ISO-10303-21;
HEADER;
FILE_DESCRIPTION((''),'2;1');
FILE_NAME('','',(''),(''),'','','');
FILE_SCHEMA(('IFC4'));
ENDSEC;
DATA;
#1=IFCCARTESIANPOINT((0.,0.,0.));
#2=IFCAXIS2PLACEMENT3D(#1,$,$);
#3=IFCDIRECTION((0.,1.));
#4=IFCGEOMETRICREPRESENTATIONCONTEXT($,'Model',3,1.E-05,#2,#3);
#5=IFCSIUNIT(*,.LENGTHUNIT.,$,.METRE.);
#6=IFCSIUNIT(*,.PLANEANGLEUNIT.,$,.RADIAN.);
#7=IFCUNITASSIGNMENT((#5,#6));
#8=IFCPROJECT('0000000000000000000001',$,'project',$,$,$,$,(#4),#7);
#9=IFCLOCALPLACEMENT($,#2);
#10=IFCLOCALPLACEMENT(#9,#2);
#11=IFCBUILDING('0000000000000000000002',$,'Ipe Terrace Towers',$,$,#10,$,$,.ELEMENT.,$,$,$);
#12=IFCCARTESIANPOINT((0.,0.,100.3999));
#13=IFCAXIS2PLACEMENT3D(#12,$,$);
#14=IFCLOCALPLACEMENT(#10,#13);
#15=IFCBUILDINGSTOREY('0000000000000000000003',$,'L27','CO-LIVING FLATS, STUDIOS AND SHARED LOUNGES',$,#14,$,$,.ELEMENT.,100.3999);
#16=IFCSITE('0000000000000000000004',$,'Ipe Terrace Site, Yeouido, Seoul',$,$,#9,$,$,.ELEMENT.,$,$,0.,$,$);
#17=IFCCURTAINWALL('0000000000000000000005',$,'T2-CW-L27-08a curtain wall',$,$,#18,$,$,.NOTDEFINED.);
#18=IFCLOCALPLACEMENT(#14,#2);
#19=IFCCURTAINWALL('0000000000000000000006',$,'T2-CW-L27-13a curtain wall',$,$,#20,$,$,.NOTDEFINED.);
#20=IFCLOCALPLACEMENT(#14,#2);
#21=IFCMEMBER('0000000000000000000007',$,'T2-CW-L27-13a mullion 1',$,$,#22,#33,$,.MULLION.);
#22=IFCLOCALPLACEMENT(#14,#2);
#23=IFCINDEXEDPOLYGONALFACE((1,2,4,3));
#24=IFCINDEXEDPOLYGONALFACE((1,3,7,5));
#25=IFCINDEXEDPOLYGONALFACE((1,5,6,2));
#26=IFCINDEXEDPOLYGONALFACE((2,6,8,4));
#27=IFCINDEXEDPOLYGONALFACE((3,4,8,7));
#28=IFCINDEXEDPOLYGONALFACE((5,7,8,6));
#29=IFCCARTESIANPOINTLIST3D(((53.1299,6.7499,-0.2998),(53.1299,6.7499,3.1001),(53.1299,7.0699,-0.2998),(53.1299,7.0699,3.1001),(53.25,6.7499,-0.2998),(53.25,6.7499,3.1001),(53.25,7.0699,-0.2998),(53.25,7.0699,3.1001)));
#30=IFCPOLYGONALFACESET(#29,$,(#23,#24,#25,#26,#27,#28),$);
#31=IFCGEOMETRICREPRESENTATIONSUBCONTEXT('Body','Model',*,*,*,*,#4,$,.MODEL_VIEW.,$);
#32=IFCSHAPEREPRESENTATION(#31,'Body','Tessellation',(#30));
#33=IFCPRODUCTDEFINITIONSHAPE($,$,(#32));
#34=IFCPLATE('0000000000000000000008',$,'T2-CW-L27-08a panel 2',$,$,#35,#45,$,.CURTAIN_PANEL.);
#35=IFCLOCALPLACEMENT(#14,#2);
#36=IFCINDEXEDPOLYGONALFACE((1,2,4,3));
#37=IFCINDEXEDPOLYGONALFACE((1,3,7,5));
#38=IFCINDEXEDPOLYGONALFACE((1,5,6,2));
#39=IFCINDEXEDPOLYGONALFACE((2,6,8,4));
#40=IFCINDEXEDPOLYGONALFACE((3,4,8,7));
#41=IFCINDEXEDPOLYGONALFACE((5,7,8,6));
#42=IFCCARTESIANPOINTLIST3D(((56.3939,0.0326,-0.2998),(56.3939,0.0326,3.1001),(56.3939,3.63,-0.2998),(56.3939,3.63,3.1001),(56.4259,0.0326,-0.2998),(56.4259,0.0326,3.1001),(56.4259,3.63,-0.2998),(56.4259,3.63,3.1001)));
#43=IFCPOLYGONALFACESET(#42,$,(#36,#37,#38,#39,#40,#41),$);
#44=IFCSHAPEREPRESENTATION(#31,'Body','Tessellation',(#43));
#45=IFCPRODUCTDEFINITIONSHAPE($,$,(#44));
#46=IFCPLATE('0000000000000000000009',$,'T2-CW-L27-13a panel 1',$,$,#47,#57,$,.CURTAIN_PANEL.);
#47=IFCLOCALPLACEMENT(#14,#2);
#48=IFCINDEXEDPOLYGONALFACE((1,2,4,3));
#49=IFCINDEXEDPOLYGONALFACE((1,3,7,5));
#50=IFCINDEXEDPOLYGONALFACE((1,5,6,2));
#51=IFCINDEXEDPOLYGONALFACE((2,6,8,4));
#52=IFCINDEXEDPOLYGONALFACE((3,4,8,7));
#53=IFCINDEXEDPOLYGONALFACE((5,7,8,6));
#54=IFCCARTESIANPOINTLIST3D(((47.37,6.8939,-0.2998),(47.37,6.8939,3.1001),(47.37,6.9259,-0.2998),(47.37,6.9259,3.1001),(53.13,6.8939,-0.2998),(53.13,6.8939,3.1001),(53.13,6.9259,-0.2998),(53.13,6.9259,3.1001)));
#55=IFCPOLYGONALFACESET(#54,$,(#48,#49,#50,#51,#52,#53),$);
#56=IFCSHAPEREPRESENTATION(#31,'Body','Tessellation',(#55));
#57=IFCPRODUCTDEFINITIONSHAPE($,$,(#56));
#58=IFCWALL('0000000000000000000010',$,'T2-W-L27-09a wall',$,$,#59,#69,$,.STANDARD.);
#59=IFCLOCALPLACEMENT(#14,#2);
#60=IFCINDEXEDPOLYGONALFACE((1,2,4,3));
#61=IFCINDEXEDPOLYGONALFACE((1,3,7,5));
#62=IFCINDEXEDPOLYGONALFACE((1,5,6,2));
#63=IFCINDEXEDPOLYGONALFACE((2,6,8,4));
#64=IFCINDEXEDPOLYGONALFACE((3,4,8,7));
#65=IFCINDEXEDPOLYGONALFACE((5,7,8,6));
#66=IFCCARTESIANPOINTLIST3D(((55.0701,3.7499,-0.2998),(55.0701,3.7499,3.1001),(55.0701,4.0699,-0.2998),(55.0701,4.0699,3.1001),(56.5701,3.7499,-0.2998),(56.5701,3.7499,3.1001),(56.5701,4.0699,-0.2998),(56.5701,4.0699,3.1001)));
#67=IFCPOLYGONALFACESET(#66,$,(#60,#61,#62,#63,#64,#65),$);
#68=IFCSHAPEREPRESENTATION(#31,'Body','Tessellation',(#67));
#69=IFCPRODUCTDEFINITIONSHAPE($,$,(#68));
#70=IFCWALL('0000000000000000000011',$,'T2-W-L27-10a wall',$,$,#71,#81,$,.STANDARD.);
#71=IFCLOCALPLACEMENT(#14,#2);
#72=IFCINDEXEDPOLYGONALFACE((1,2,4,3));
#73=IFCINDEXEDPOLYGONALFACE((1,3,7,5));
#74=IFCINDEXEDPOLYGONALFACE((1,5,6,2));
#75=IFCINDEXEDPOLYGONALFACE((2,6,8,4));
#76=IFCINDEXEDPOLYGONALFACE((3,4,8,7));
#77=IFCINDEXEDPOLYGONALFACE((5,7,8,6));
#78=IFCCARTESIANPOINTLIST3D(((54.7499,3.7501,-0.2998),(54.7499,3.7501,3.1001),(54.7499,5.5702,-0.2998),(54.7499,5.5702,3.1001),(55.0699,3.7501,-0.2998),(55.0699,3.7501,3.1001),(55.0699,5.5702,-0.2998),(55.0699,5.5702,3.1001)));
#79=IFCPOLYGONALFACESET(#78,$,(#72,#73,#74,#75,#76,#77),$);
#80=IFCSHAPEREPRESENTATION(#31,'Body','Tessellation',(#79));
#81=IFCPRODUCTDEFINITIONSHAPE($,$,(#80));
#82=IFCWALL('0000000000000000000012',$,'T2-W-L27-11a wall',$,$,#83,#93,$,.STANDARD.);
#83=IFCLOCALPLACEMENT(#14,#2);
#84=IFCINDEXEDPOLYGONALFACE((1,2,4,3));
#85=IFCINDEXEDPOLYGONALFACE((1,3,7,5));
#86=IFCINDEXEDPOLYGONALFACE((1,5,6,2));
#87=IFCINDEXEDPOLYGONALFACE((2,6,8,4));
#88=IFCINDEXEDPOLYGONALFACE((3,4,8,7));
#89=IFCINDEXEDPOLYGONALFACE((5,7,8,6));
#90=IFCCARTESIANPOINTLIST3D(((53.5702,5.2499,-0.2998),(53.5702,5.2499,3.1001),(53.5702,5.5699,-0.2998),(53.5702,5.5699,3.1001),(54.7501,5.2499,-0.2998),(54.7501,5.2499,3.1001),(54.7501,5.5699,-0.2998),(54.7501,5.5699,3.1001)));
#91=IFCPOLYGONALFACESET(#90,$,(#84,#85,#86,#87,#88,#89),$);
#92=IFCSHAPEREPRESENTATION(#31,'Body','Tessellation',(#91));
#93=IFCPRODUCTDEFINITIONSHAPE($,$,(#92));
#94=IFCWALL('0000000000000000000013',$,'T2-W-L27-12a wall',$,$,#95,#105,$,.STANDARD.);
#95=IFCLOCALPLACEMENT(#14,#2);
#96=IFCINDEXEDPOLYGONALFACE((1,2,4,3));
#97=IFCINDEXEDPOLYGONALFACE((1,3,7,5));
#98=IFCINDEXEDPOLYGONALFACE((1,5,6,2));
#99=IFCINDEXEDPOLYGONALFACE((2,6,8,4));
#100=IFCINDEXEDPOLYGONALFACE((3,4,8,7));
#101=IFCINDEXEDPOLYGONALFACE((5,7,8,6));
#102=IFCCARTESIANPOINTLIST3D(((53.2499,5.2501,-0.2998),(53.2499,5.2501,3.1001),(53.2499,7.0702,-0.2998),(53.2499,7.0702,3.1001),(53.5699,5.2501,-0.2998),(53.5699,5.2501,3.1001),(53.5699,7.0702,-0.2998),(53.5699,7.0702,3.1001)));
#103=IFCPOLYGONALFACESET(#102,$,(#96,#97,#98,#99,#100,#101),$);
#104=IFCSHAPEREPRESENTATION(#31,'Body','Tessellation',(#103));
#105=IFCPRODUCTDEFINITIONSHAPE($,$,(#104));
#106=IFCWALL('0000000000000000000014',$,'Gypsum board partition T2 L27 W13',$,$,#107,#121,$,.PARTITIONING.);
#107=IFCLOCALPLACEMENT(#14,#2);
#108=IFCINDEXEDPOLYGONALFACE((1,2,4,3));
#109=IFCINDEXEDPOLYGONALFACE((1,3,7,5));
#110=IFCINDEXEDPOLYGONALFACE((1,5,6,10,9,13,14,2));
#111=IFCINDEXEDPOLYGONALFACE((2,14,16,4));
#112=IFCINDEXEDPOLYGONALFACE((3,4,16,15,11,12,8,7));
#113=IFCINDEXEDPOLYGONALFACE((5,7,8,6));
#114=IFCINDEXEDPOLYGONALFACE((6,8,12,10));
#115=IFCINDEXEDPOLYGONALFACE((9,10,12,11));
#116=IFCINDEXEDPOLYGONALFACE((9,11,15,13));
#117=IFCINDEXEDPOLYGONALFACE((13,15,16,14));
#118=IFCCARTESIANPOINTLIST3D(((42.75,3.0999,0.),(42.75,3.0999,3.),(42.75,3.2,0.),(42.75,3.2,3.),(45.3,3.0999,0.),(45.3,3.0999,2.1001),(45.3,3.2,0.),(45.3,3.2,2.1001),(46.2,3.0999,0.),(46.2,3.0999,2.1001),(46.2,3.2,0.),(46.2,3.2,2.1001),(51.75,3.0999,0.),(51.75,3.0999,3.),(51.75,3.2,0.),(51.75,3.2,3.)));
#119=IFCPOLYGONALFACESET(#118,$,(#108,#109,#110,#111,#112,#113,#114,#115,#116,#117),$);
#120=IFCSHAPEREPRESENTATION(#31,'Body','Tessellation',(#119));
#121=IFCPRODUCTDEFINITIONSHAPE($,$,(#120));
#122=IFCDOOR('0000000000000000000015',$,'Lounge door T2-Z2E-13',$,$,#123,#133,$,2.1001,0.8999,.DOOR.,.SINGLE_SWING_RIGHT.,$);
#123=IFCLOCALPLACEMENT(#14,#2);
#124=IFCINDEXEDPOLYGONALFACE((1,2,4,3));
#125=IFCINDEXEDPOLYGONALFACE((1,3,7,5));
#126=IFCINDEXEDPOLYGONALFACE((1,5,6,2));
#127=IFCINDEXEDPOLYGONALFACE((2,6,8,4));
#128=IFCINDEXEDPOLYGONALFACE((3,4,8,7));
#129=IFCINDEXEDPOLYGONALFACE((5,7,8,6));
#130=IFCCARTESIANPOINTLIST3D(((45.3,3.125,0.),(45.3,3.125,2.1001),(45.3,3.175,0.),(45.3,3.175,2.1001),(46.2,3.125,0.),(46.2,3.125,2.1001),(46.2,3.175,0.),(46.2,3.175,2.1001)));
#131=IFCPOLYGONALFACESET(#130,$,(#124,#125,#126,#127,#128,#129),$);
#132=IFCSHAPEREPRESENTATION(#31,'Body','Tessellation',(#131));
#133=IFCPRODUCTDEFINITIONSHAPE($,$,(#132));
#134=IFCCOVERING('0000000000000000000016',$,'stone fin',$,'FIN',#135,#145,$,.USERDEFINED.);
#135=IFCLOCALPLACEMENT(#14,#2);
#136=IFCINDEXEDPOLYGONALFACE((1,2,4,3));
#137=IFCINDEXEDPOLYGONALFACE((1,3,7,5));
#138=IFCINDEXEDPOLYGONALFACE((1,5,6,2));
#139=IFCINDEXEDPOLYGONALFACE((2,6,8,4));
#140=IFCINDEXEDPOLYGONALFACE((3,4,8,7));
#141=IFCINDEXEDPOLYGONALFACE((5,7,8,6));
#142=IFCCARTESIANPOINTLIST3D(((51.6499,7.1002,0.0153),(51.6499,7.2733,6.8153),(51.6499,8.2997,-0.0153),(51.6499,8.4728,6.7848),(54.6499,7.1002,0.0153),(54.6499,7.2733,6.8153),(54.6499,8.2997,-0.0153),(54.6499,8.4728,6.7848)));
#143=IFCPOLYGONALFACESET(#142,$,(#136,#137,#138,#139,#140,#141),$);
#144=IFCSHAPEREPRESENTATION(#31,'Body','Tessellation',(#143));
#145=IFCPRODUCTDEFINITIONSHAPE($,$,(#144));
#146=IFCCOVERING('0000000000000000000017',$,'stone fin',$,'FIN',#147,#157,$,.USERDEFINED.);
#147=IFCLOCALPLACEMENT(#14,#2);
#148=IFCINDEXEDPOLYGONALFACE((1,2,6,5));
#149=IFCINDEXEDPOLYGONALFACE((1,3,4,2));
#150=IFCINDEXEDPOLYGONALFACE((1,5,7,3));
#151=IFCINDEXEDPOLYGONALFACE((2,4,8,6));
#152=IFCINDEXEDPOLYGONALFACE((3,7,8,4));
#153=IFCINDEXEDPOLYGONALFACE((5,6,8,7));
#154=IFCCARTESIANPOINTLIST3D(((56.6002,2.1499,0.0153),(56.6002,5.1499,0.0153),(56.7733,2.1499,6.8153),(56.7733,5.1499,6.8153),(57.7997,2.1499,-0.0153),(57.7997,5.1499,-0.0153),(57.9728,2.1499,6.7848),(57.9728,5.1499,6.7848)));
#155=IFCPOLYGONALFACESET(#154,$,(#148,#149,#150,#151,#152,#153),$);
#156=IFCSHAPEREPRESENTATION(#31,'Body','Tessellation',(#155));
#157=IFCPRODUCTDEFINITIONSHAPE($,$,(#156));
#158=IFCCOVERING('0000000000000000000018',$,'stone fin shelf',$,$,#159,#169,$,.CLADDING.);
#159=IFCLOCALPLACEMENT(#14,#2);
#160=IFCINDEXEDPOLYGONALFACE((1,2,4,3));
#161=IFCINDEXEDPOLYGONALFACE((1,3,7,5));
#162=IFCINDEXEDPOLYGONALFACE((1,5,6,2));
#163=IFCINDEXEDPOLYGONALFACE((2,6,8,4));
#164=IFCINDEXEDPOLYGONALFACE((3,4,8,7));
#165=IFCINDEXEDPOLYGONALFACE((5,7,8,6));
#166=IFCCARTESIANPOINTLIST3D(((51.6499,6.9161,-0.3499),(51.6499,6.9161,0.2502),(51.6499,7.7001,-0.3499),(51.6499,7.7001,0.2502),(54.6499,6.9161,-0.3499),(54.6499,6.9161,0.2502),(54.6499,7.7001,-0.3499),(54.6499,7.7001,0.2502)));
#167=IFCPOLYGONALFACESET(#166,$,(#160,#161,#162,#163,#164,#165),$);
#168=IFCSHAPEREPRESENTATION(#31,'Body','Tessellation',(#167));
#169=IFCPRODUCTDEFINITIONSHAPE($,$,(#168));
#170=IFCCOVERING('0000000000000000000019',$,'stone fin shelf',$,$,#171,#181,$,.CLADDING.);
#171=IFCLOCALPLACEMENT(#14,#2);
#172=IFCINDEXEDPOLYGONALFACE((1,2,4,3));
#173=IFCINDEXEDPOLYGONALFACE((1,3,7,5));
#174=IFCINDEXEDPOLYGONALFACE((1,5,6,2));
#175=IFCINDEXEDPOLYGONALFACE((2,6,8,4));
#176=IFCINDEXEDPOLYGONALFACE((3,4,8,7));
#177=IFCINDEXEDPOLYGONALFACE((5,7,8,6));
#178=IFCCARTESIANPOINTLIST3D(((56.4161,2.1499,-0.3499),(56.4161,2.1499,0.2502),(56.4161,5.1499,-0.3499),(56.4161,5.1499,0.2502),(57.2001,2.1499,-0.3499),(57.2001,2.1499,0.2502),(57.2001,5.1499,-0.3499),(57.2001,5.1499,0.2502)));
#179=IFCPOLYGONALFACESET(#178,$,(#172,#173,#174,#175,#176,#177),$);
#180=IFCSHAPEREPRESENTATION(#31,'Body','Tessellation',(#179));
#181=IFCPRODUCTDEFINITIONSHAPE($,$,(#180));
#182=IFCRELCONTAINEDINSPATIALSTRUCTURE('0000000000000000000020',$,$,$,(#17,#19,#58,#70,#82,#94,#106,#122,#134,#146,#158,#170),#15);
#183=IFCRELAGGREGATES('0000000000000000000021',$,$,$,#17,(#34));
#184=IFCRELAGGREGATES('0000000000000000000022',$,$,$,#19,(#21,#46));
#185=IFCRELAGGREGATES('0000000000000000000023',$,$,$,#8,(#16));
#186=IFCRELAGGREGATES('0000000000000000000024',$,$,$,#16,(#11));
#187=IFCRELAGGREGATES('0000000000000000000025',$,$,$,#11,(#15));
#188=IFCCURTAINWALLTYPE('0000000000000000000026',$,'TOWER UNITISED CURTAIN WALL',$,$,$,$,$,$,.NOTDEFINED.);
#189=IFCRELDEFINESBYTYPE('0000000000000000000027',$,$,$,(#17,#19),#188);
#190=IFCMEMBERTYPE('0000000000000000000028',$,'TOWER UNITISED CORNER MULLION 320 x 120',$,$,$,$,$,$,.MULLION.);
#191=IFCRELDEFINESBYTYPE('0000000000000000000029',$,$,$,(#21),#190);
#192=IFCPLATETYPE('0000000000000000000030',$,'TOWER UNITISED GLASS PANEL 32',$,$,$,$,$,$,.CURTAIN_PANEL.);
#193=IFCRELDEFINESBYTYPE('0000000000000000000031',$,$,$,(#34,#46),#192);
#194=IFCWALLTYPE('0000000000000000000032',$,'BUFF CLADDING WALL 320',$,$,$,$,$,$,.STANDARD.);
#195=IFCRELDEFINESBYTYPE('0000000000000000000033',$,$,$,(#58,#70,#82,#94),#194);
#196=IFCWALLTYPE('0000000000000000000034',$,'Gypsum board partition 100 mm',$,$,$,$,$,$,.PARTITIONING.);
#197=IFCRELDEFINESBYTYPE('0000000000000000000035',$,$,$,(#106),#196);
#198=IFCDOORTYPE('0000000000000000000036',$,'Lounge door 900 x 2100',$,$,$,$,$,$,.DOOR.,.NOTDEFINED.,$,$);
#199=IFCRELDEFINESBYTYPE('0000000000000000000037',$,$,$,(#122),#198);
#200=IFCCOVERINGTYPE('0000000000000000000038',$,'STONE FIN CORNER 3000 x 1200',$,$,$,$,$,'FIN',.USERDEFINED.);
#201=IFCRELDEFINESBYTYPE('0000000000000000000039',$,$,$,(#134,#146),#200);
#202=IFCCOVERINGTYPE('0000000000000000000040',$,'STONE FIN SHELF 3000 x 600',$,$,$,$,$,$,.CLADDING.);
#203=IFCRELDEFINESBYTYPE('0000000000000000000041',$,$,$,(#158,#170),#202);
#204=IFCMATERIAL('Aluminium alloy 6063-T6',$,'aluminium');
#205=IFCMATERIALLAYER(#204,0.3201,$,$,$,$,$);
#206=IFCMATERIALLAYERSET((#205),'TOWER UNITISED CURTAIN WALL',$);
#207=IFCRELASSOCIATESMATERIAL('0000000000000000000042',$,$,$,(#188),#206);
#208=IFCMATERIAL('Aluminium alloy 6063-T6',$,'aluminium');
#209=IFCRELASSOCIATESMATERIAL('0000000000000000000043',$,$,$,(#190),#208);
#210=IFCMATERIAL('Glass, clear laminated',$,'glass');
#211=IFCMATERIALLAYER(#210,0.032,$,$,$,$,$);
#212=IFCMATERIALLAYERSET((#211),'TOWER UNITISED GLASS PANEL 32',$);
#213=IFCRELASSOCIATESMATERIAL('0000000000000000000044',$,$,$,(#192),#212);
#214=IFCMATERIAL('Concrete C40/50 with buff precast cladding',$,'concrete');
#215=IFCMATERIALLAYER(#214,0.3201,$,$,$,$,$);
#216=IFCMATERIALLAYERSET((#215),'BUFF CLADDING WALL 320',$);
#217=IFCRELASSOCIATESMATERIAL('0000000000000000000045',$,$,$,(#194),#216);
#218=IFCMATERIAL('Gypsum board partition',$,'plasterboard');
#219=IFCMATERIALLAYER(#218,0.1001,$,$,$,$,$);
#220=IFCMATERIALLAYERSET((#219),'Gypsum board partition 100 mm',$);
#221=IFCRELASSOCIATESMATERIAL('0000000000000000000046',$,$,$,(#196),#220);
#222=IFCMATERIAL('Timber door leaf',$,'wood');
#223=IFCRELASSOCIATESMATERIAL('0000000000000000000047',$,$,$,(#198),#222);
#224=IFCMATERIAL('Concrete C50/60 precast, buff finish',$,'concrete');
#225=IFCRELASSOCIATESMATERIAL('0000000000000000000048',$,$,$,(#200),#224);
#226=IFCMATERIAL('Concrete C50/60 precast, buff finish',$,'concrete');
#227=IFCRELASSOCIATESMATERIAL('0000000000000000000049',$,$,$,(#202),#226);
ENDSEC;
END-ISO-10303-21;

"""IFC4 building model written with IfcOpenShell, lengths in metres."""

from ifc_helpers import new_model, si_unit, direction, frame, frame_2d, origin, origin_2d, place, context, subcontext, project, spatial, rectangle, extrude, material, layer, layer_set, material_profile, profile_set, type_object, element, fill, aggregate, save


model = new_model("IFC4")

# Units and contexts
model_context = context("Model", 3, precision=1e-05, world=origin(), true_north=direction((0.0, 1.0)))
body_context = subcontext(model_context, "Body", "Model", "MODEL_VIEW")
ifc_project = project(units=[si_unit("LENGTHUNIT", "METRE"), si_unit("PLANEANGLEUNIT", "RADIAN")], contexts=[model_context])

# Site, building, storey
site_placement = place(None, origin())
site = spatial("IfcSite", under=ifc_project, at=site_placement, Name="Ipe Terrace Site, Yeouido, Seoul", CompositionType="ELEMENT", RefElevation=0.0)
building_placement = place(site_placement, origin())
building = spatial("IfcBuilding", under=site, at=building_placement, Name="Ipe Terrace Towers", CompositionType="ELEMENT")
storey_placement = place(building_placement, frame((0.0, 0.0, 100.3999)))
storey = spatial("IfcBuildingStorey", under=building, at=storey_placement, Name="L27", Description="CO-LIVING FLATS, STUDIOS AND SHARED LOUNGES", CompositionType="ELEMENT", Elevation=100.3999)

# Curtain walls, member
ifc_material_1 = material(Name="Aluminium alloy 6063-T6", Category="aluminium")
ifc_layer_1 = layer(ifc_material_1, 0.3201)
ifc_layer_set_1 = layer_set([ifc_layer_1], Name="TOWER UNITISED CURTAIN WALL")
curtain_wall_type = type_object("IfcCurtainWallType", Name="TOWER UNITISED CURTAIN WALL", PredefinedType="NOTDEFINED", material=ifc_layer_set_1)
curtain_wall_1_placement = place(storey_placement, origin())
curtain_wall_1 = element("IfcCurtainWall", 1, at=curtain_wall_1_placement, inside=storey, type_object=curtain_wall_type, Name="T2-CW-L27-08a curtain wall", PredefinedType="NOTDEFINED")
ifc_material_2 = material(Name="Aluminium alloy 6063-T6", Category="aluminium")
ifc_material_profile_1 = material_profile(ifc_material_2, rectangle(XDim=0.3201, YDim=0.1201, at=origin_2d()), Name="TOWER UNITISED CORNER MULLION 320 x 120")
ifc_profile_set_1 = profile_set([ifc_material_profile_1], Name="Aluminium alloy 6063-T6")
member_type = type_object("IfcMemberType", Name="TOWER UNITISED CORNER MULLION 320 x 120", PredefinedType="MULLION", material=ifc_profile_set_1)
curtain_wall_2_placement = place(storey_placement, origin())
curtain_wall_2 = element("IfcCurtainWall", 2, at=curtain_wall_2_placement, inside=storey, type_object=curtain_wall_type, Name="T2-CW-L27-13a curtain wall", PredefinedType="NOTDEFINED")
member_1_placement = place(storey_placement, frame((53.1899, 6.9099, -0.2998), z_axis=(0.0, 0.0, 1.0), x_axis=(0.0, 1.0, 0.0)))
member_1 = element("IfcMember", 3, at=member_1_placement, type_object=member_type, Name="T2-CW-L27-13a mullion 1", PredefinedType="MULLION", context=body_context, shape_type="SweptSolid", body=[
    extrude(rectangle(XDim=0.3201, YDim=0.1201, at=origin_2d()), origin(), (0.0, 0.0, 1.0), 3.3999),
])

# Plates
ifc_material_3 = material(Name="Glass, clear laminated", Category="glass")
ifc_layer_2 = layer(ifc_material_3, 0.032)
ifc_layer_set_2 = layer_set([ifc_layer_2], Name="TOWER UNITISED GLASS PANEL 32")
plate_type = type_object("IfcPlateType", Name="TOWER UNITISED GLASS PANEL 32", PredefinedType="CURTAIN_PANEL", material=ifc_layer_set_2)
plate_1_placement = place(storey_placement, frame((56.4099, 1.8313, -0.2998), z_axis=(0.0, 0.0, 1.0), x_axis=(0.0, 1.0, 0.0)))
plate_1 = element("IfcPlate", 4, at=plate_1_placement, type_object=plate_type, Name="T2-CW-L27-08a panel 2", PredefinedType="CURTAIN_PANEL", context=body_context, shape_type="SweptSolid", body=[
    extrude(rectangle(XDim=3.5974, YDim=0.032, at=origin_2d()), origin(), (0.0, 0.0, 1.0), 3.3999),
])
aggregate(curtain_wall_1, [plate_1])
plate_2_placement = place(storey_placement, frame((50.25, 6.9099, -0.2998), z_axis=(0.0, 0.0, 1.0), x_axis=(-1.0, 0.0, 0.0)))
plate_2 = element("IfcPlate", 5, at=plate_2_placement, type_object=plate_type, Name="T2-CW-L27-13a panel 1", PredefinedType="CURTAIN_PANEL", context=body_context, shape_type="SweptSolid", body=[
    extrude(rectangle(XDim=5.76, YDim=0.032, at=origin_2d()), origin(), (0.0, 0.0, 1.0), 3.3999),
])
aggregate(curtain_wall_2, [member_1, plate_2])

# Walls
ifc_material_4 = material(Name="Concrete C40/50 with buff precast cladding", Category="concrete")
ifc_layer_3 = layer(ifc_material_4, 0.3201)
ifc_layer_set_3 = layer_set([ifc_layer_3], Name="BUFF CLADDING WALL 320")
wall_type_1 = type_object("IfcWallType", Name="BUFF CLADDING WALL 320", PredefinedType="STANDARD", material=ifc_layer_set_3)
wall_1_placement = place(storey_placement, frame((56.5701, 3.9099, -0.2998), z_axis=(0.0, 0.0, 1.0), x_axis=(-1.0, 0.0, 0.0)))
element("IfcWall", 6, at=wall_1_placement, inside=storey, type_object=wall_type_1, Name="T2-W-L27-09a wall", PredefinedType="STANDARD", context=body_context, shape_type="SweptSolid", body=[
    extrude(rectangle(XDim=1.5, YDim=0.3201, at=frame_2d((0.75, 0.0))), origin(), (0.0, 0.0, 1.0), 3.3999),
])
wall_2_placement = place(storey_placement, frame((54.9099, 3.75, -0.2998), z_axis=(0.0, 0.0, 1.0), x_axis=(0.0, 1.0, 0.0)))
element("IfcWall", 7, at=wall_2_placement, inside=storey, type_object=wall_type_1, Name="T2-W-L27-10a wall", PredefinedType="STANDARD", context=body_context, shape_type="SweptSolid", body=[
    extrude(rectangle(XDim=1.8201, YDim=0.3201, at=frame_2d((0.9102, 0.0))), origin(), (0.0, 0.0, 1.0), 3.3999),
])
wall_3_placement = place(storey_placement, frame((54.75, 5.4099, -0.2998), z_axis=(0.0, 0.0, 1.0), x_axis=(-1.0, 0.0, 0.0)))
element("IfcWall", 8, at=wall_3_placement, inside=storey, type_object=wall_type_1, Name="T2-W-L27-11a wall", PredefinedType="STANDARD", context=body_context, shape_type="SweptSolid", body=[
    extrude(rectangle(XDim=1.1799, YDim=0.3201, at=frame_2d((0.5898, 0.0))), origin(), (0.0, 0.0, 1.0), 3.3999),
])
wall_4_placement = place(storey_placement, frame((53.4099, 5.25, -0.2998), z_axis=(0.0, 0.0, 1.0), x_axis=(0.0, 1.0, 0.0)))
element("IfcWall", 9, at=wall_4_placement, inside=storey, type_object=wall_type_1, Name="T2-W-L27-12a wall", PredefinedType="STANDARD", context=body_context, shape_type="SweptSolid", body=[
    extrude(rectangle(XDim=1.8201, YDim=0.3201, at=frame_2d((0.9102, 0.0))), origin(), (0.0, 0.0, 1.0), 3.3999),
])

# Wall, opening, door
ifc_material_5 = material(Name="Gypsum board partition", Category="plasterboard")
ifc_layer_4 = layer(ifc_material_5, 0.1001)
ifc_layer_set_4 = layer_set([ifc_layer_4], Name="Gypsum board partition 100 mm")
wall_type_2 = type_object("IfcWallType", Name="Gypsum board partition 100 mm", PredefinedType="PARTITIONING", material=ifc_layer_set_4)
wall_5_placement = place(storey_placement, frame((51.75, 3.1499, 0.0), z_axis=(0.0, 0.0, 1.0), x_axis=(-1.0, 0.0, 0.0)))
wall_5 = element("IfcWall", 10, at=wall_5_placement, inside=storey, type_object=wall_type_2, Name="Gypsum board partition T2 L27 W13", PredefinedType="PARTITIONING", context=body_context, shape_type="SweptSolid", body=[
    extrude(rectangle(XDim=9.0, YDim=0.1001, at=frame_2d((4.5, 0.0))), origin(), (0.0, 0.0, 1.0), 3.0),
])
opening_placement = place(wall_5_placement, frame((5.55, 0.0, 0.0)))
opening = element("IfcOpeningElement", 11, at=opening_placement, cuts=wall_5, PredefinedType="OPENING", context=body_context, shape_type="SweptSolid", body=[
    extrude(rectangle(XDim=0.8999, YDim=2.1001, at=frame_2d((0.45, 1.05))), frame((0.0, 0.0601, 0.0), z_axis=(0.0, -1.0, 0.0), x_axis=(1.0, 0.0, 0.0)), (0.0, 0.0, 1.0), 0.1201),
])
ifc_material_6 = material(Name="Timber door leaf", Category="wood")
door_type = type_object("IfcDoorType", Name="Lounge door 900 x 2100", OperationType="NOTDEFINED", PredefinedType="DOOR", material=ifc_material_6)
door_placement = place(opening_placement, origin())
door = element("IfcDoor", 12, at=door_placement, inside=storey, type_object=door_type, Name="Lounge door T2-Z2E-13", OperationType="SINGLE_SWING_RIGHT", OverallHeight=2.1001, OverallWidth=0.8999, PredefinedType="DOOR", context=body_context, shape_type="SweptSolid", body=[
    extrude(rectangle(XDim=0.8999, YDim=2.1001, at=frame_2d((0.45, 1.05))), frame((0.0, 0.0249, 0.0), z_axis=(0.0, -1.0, 0.0), x_axis=(1.0, 0.0, 0.0)), (0.0, 0.0, 1.0), 0.05),
])
fill(opening, door)

# Coverings
ifc_material_7 = material(Name="Concrete C50/60 precast, buff finish", Category="concrete")
ifc_material_profile_2 = material_profile(ifc_material_7, rectangle(XDim=3.0, YDim=1.2, at=origin_2d()), Name="STONE FIN CORNER 3000 x 1200")
ifc_profile_set_2 = profile_set([ifc_material_profile_2], Name="Concrete C50/60 precast, buff finish")
covering_type_1 = type_object("IfcCoveringType", Name="STONE FIN CORNER 3000 x 1200", ElementType="FIN", PredefinedType="USERDEFINED", material=ifc_profile_set_2)
for number, where, z_axis, x_axis, name in (
    (13, (53.1499, 7.7, 0.0), (0.0, 0.025447, 0.999676), (-1.0, 0.0, 0.0), "stone fin"),
    (14, (57.2, 3.6499, 0.0), (0.025447, 0.0, 0.999676), (0.0, 1.0, 0.0), "stone fin"),
):
    element("IfcCovering", number, at=place(storey_placement, frame(where, z_axis=z_axis, x_axis=x_axis)), inside=storey, type_object=covering_type_1, Name=name, ObjectType="FIN", PredefinedType="USERDEFINED", context=body_context, shape_type="SweptSolid", body=[
        extrude(rectangle(XDim=3.0, YDim=1.2, at=origin_2d()), origin(), (0.0, 0.0, 1.0), 6.8022),
    ])
ifc_material_8 = material(Name="Concrete C50/60 precast, buff finish", Category="concrete")
covering_type_2 = type_object("IfcCoveringType", Name="STONE FIN SHELF 3000 x 600", PredefinedType="CLADDING", material=ifc_material_8)
for number, where, z_axis, x_axis, name in (
    (15, (53.1499, 7.3081, -0.3499), (0.0, 0.0, 1.0), (-1.0, 0.0, 0.0), "stone fin shelf"),
    (16, (56.8081, 3.6499, -0.3499), (0.0, 0.0, 1.0), (0.0, 1.0, 0.0), "stone fin shelf"),
):
    element("IfcCovering", number, at=place(storey_placement, frame(where, z_axis=z_axis, x_axis=x_axis)), inside=storey, type_object=covering_type_2, Name=name, PredefinedType="CLADDING", context=body_context, shape_type="SweptSolid", body=[
        extrude(rectangle(XDim=3.0, YDim=0.7839, at=origin_2d()), origin(), (0.0, 0.0, 1.0), 0.6001),
    ])

save(model, "model.ifc")
